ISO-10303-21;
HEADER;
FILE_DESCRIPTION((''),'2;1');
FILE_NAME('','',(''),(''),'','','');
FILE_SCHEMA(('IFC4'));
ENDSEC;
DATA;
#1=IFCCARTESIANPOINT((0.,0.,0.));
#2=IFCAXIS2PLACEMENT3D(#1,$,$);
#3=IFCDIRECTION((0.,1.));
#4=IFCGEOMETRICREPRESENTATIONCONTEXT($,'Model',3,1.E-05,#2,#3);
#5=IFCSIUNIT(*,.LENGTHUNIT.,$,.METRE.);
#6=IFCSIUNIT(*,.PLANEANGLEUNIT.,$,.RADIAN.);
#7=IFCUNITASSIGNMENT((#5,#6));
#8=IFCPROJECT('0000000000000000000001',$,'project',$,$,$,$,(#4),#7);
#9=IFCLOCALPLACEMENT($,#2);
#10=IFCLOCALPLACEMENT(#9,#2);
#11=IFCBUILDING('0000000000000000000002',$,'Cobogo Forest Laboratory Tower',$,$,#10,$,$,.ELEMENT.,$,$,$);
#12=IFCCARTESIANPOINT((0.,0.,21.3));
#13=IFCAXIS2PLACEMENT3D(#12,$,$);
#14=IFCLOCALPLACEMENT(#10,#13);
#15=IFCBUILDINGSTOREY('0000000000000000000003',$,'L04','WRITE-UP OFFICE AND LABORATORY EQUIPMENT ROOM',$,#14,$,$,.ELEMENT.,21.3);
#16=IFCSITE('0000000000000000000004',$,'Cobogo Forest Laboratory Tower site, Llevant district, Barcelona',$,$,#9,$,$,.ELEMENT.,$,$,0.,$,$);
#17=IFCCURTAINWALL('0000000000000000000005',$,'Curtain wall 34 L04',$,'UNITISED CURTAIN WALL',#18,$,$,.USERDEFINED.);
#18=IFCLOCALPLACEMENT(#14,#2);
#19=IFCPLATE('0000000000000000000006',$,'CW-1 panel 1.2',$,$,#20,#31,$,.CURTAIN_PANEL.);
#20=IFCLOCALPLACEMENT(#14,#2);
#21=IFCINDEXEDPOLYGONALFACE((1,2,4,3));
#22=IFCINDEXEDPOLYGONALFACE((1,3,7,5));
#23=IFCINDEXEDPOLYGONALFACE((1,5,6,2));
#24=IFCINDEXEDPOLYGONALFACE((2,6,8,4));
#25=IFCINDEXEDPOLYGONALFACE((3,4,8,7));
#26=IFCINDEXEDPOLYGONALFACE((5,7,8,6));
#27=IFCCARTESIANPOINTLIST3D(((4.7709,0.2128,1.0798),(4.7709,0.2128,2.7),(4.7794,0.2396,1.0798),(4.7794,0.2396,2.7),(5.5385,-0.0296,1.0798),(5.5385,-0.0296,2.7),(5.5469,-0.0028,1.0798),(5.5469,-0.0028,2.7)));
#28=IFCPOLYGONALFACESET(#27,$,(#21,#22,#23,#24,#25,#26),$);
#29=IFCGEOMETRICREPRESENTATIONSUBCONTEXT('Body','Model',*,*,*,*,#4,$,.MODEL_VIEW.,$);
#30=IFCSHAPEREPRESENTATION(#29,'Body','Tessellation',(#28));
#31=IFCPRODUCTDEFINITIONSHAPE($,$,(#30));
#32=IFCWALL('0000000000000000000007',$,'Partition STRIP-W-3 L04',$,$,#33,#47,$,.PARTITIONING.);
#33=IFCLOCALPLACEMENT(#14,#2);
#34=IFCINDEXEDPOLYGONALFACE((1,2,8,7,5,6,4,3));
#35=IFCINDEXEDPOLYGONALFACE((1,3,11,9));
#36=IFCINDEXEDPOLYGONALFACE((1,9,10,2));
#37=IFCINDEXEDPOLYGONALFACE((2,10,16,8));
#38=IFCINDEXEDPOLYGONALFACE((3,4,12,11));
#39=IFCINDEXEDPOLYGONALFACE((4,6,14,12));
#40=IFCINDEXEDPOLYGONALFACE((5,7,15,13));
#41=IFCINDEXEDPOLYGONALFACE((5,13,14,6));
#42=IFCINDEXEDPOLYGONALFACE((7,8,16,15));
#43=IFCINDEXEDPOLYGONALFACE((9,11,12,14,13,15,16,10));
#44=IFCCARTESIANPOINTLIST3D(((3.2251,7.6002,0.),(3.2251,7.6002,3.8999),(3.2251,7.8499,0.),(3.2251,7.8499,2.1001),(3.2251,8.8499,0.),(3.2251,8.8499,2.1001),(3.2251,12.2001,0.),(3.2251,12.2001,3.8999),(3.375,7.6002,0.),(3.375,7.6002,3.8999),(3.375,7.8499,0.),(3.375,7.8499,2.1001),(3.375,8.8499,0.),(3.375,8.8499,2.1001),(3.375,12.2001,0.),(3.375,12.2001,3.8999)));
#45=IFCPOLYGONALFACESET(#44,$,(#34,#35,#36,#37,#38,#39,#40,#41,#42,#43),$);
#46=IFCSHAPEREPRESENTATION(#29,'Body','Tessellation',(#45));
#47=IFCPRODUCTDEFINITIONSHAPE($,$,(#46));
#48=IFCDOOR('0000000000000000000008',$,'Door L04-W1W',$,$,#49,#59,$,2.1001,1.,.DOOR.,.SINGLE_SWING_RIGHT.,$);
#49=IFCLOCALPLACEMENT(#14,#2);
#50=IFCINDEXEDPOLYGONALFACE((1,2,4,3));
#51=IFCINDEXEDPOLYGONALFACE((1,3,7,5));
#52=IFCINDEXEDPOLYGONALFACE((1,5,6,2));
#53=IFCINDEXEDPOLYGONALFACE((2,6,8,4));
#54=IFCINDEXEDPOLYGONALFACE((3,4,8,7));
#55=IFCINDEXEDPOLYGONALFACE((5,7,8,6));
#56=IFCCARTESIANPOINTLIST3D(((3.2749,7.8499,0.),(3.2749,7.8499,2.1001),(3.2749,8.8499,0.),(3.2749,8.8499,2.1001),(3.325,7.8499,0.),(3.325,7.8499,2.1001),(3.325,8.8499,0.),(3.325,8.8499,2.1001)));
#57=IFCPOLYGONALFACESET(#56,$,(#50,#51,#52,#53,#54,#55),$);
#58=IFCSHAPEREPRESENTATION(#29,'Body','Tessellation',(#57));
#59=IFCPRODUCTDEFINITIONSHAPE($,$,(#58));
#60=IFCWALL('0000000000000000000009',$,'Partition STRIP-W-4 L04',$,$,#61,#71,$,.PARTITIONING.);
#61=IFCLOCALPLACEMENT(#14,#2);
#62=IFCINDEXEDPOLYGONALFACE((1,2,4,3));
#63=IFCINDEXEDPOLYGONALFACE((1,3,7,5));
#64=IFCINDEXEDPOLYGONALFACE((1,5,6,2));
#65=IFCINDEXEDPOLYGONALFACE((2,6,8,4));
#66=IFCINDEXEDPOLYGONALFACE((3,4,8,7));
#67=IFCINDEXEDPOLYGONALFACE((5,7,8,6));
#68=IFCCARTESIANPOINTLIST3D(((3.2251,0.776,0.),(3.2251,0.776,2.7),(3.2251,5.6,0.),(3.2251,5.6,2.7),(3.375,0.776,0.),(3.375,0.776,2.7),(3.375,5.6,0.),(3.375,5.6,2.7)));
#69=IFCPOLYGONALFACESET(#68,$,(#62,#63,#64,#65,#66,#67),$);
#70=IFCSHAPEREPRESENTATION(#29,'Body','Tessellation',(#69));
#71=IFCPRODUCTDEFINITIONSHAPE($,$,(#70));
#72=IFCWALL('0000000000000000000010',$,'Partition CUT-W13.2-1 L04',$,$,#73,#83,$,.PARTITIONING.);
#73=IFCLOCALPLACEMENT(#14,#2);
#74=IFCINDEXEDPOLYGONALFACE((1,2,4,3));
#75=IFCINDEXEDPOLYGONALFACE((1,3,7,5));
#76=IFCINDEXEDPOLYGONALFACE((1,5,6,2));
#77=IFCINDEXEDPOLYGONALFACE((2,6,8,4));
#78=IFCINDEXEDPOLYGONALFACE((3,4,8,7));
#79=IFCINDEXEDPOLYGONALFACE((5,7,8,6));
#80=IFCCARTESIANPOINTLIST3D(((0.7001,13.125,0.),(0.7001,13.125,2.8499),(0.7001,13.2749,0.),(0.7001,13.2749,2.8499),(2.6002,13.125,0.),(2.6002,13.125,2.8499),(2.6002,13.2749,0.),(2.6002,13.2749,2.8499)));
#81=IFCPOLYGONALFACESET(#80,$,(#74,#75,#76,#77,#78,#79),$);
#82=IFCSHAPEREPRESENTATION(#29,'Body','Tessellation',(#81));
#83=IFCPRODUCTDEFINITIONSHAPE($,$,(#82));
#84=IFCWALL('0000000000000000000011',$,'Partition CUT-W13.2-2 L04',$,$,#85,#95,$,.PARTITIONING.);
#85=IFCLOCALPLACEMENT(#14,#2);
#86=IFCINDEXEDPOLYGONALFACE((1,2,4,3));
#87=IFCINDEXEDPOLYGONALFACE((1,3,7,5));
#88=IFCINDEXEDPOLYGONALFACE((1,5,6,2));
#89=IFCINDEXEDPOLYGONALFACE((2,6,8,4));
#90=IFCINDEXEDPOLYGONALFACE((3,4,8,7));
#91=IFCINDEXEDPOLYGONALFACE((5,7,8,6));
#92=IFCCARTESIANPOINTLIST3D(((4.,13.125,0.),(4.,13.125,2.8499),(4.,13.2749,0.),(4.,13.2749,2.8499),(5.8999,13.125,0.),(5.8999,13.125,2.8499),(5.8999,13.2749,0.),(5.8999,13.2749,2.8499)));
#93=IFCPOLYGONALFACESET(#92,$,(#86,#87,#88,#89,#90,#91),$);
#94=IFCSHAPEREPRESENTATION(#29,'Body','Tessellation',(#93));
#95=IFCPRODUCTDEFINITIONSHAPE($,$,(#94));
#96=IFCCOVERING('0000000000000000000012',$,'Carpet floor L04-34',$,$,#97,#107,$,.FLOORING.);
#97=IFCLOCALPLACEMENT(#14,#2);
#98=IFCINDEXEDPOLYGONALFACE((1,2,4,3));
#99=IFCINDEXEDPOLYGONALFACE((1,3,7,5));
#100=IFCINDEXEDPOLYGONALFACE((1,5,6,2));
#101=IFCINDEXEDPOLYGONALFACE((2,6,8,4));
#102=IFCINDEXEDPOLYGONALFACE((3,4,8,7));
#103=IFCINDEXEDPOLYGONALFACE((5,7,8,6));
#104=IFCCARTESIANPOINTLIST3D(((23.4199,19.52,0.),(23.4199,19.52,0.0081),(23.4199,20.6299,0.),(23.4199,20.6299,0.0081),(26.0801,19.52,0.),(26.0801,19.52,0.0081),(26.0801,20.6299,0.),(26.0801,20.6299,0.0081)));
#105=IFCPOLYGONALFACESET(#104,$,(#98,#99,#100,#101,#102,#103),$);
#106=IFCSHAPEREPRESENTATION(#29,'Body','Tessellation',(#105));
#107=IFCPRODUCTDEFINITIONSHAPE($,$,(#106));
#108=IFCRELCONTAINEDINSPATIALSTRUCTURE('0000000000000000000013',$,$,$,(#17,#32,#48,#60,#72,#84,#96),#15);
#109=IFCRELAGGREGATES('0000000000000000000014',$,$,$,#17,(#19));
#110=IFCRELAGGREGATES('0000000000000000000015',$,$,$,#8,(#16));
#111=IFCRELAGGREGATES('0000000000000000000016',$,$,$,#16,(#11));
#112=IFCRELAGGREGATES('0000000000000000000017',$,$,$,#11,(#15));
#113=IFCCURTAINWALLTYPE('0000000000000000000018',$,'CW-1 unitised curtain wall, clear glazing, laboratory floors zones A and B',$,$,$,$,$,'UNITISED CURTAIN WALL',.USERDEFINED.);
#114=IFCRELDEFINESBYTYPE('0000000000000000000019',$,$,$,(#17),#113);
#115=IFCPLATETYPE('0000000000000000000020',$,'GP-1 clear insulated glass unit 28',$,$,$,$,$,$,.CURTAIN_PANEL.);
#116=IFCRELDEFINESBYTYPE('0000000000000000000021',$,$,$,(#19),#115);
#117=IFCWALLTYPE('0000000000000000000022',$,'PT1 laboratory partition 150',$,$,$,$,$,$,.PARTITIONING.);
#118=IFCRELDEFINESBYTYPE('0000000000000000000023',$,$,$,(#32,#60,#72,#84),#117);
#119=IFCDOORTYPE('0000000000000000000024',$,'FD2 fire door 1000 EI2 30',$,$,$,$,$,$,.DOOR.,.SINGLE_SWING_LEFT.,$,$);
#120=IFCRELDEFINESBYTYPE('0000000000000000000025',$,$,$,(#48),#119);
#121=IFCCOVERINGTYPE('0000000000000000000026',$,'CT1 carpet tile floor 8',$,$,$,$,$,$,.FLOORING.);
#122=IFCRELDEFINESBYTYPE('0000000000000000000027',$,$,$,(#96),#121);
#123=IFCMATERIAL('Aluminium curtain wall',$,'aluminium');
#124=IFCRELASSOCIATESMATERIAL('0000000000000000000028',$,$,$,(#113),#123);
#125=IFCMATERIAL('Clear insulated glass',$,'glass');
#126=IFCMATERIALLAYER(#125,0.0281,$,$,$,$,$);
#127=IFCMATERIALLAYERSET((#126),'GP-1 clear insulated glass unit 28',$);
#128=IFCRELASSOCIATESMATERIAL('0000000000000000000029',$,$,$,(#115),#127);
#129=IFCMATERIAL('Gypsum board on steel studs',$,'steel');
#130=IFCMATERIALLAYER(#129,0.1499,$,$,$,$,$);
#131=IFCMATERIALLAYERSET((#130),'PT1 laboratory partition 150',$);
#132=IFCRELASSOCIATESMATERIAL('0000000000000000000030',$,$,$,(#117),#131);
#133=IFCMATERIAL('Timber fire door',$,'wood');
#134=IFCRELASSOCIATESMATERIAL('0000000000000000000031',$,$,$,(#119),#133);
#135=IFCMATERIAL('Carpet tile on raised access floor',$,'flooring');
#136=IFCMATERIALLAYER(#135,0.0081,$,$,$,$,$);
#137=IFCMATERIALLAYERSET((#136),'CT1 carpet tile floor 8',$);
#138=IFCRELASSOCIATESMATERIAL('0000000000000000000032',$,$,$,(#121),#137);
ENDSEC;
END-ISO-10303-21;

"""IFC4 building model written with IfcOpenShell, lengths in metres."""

from ifc_helpers import new_model, si_unit, direction, frame, frame_2d, origin, origin_2d, place, context, subcontext, project, spatial, polyline, rectangle, outline, extrude, material, layer, layer_set, type_object, element, fill, aggregate, save


model = new_model("IFC4")

# Units and contexts
model_context = context("Model", 3, precision=1e-05, world=origin(), true_north=direction((0.0, 1.0)))
body_context = subcontext(model_context, "Body", "Model", "MODEL_VIEW")
ifc_project = project(units=[si_unit("LENGTHUNIT", "METRE"), si_unit("PLANEANGLEUNIT", "RADIAN")], contexts=[model_context])

# Site, building, storey
site_placement = place(None, origin())
site = spatial("IfcSite", under=ifc_project, at=site_placement, Name="Cobogo Forest Laboratory Tower site, Llevant district, Barcelona", CompositionType="ELEMENT", RefElevation=0.0)
building_placement = place(site_placement, origin())
building = spatial("IfcBuilding", under=site, at=building_placement, Name="Cobogo Forest Laboratory Tower", CompositionType="ELEMENT")
storey_placement = place(building_placement, frame((0.0, 0.0, 21.3)))
storey = spatial("IfcBuildingStorey", under=building, at=storey_placement, Name="L04", Description="WRITE-UP OFFICE AND LABORATORY EQUIPMENT ROOM", CompositionType="ELEMENT", Elevation=21.3)

# Shared definitions
ifc_material_1 = material(Name="Aluminium curtain wall", Category="aluminium")
curtain_wall_type = type_object("IfcCurtainWallType", Name="CW-1 unitised curtain wall, clear glazing, laboratory floors zones A and B", ElementType="UNITISED CURTAIN WALL", PredefinedType="USERDEFINED", material=ifc_material_1)

# Curtain wall
curtain_wall_1_placement = place(storey_placement, origin())
curtain_wall_1 = element("IfcCurtainWall", 1, at=curtain_wall_1_placement, inside=storey, type_object=curtain_wall_type, Name="Curtain wall 34 L04", ObjectType="UNITISED CURTAIN WALL", PredefinedType="USERDEFINED")

# Plate
ifc_material_2 = material(Name="Clear insulated glass", Category="glass")
ifc_layer_1 = layer(ifc_material_2, 0.0281)
ifc_layer_set_1 = layer_set([ifc_layer_1], Name="GP-1 clear insulated glass unit 28")
plate_type = type_object("IfcPlateType", Name="GP-1 clear insulated glass unit 28", PredefinedType="CURTAIN_PANEL", material=ifc_layer_set_1)
plate_1_placement = place(storey_placement, frame((5.1589, 0.105, 1.0798), z_axis=(0.0, 0.0, 1.0), x_axis=(0.953581, -0.301135, 0.0)))
plate_1 = element("IfcPlate", 2, at=plate_1_placement, type_object=plate_type, Name="CW-1 panel 1.2", PredefinedType="CURTAIN_PANEL", context=body_context, shape_type="SweptSolid", body=[
    extrude(rectangle(XDim=0.8049, YDim=0.0281, at=origin_2d()), origin(), (0.0, 0.0, 1.0), 1.6201),
])
aggregate(curtain_wall_1, [plate_1])

# Wall, opening, door
ifc_material_3 = material(Name="Gypsum board on steel studs", Category="steel")
ifc_layer_2 = layer(ifc_material_3, 0.1499)
ifc_layer_set_2 = layer_set([ifc_layer_2], Name="PT1 laboratory partition 150")
wall_type = type_object("IfcWallType", Name="PT1 laboratory partition 150", PredefinedType="PARTITIONING", material=ifc_layer_set_2)
wall_1_placement = place(storey_placement, frame((3.3, 12.2, 0.0), z_axis=(0.0, 0.0, 1.0), x_axis=(0.0, -1.0, 0.0)))
wall_1 = element("IfcWall", 3, at=wall_1_placement, inside=storey, type_object=wall_type, Name="Partition STRIP-W-3 L04", PredefinedType="PARTITIONING", context=body_context, shape_type="SweptSolid", body=[
    extrude(rectangle(XDim=4.5999, YDim=0.1499, at=frame_2d((2.2998, 0.0))), origin(), (0.0, 0.0, 1.0), 3.8999),
])
opening_placement = place(wall_1_placement, frame((3.3501, 0.0, 0.0)))
opening = element("IfcOpeningElement", 4, at=opening_placement, cuts=wall_1, PredefinedType="OPENING", context=body_context, shape_type="SweptSolid", body=[
    extrude(rectangle(XDim=1.0, YDim=2.1001, at=frame_2d((0.5, 1.05))), frame((0.0, 0.085, 0.0), z_axis=(0.0, -1.0, 0.0), x_axis=(1.0, 0.0, 0.0)), (0.0, 0.0, 1.0), 0.1699),
])
ifc_material_4 = material(Name="Timber fire door", Category="wood")
door_type = type_object("IfcDoorType", Name="FD2 fire door 1000 EI2 30", OperationType="SINGLE_SWING_LEFT", PredefinedType="DOOR", material=ifc_material_4)
door_placement = place(opening_placement, origin())
door = element("IfcDoor", 5, at=door_placement, inside=storey, type_object=door_type, Name="Door L04-W1W", OperationType="SINGLE_SWING_RIGHT", OverallHeight=2.1001, OverallWidth=1.0, PredefinedType="DOOR", context=body_context, shape_type="SweptSolid", body=[
    extrude(rectangle(XDim=1.0, YDim=2.1001, at=frame_2d((0.5, 1.05))), frame((0.0, 0.0249, 0.0), z_axis=(0.0, -1.0, 0.0), x_axis=(1.0, 0.0, 0.0)), (0.0, 0.0, 1.0), 0.05),
])
fill(opening, door)

# Walls
wall_2_placement = place(storey_placement, frame((3.3, 5.6001, 0.0), z_axis=(0.0, 0.0, 1.0), x_axis=(0.0, -1.0, 0.0)))
element("IfcWall", 6, at=wall_2_placement, inside=storey, type_object=wall_type, Name="Partition STRIP-W-4 L04", PredefinedType="PARTITIONING", context=body_context, shape_type="SweptSolid", body=[
    extrude(rectangle(XDim=4.824, YDim=0.1499, at=frame_2d((2.4121, 0.0))), origin(), (0.0, 0.0, 1.0), 2.7),
])
wall_3_placement = place(storey_placement, frame((0.7, 13.2, 0.0), z_axis=(0.0, 0.0, 1.0), x_axis=(1.0, 0.0, 0.0)))
element("IfcWall", 7, at=wall_3_placement, inside=storey, type_object=wall_type, Name="Partition CUT-W13.2-1 L04", PredefinedType="PARTITIONING", context=body_context, shape_type="SweptSolid", body=[
    extrude(rectangle(XDim=1.9001, YDim=0.1499, at=frame_2d((0.9502, 0.0))), origin(), (0.0, 0.0, 1.0), 2.8499),
])
wall_4_placement = place(storey_placement, frame((4.0, 13.2, 0.0), z_axis=(0.0, 0.0, 1.0), x_axis=(1.0, 0.0, 0.0)))
element("IfcWall", 8, at=wall_4_placement, inside=storey, type_object=wall_type, Name="Partition CUT-W13.2-2 L04", PredefinedType="PARTITIONING", context=body_context, shape_type="SweptSolid", body=[
    extrude(rectangle(XDim=1.8999, YDim=0.1499, at=frame_2d((0.95, 0.0))), origin(), (0.0, 0.0, 1.0), 2.8499),
])

# Covering
ifc_material_5 = material(Name="Carpet tile on raised access floor", Category="flooring")
ifc_layer_3 = layer(ifc_material_5, 0.0081)
ifc_layer_set_3 = layer_set([ifc_layer_3], Name="CT1 carpet tile floor 8")
covering_type = type_object("IfcCoveringType", Name="CT1 carpet tile floor 8", PredefinedType="FLOORING", material=ifc_layer_set_3)
covering_placement = place(storey_placement, origin())
element("IfcCovering", 9, at=covering_placement, inside=storey, type_object=covering_type, Name="Carpet floor L04-34", PredefinedType="FLOORING", context=body_context, shape_type="SweptSolid", body=[
    extrude(outline(polyline([(26.0801, 19.52), (23.4199, 19.52), (23.4199, 20.6299), (26.0801, 20.6299), (26.0801, 19.52)])), origin(), (0.0, 0.0, 1.0), 0.0081),
])

save(model, "model.ifc")
